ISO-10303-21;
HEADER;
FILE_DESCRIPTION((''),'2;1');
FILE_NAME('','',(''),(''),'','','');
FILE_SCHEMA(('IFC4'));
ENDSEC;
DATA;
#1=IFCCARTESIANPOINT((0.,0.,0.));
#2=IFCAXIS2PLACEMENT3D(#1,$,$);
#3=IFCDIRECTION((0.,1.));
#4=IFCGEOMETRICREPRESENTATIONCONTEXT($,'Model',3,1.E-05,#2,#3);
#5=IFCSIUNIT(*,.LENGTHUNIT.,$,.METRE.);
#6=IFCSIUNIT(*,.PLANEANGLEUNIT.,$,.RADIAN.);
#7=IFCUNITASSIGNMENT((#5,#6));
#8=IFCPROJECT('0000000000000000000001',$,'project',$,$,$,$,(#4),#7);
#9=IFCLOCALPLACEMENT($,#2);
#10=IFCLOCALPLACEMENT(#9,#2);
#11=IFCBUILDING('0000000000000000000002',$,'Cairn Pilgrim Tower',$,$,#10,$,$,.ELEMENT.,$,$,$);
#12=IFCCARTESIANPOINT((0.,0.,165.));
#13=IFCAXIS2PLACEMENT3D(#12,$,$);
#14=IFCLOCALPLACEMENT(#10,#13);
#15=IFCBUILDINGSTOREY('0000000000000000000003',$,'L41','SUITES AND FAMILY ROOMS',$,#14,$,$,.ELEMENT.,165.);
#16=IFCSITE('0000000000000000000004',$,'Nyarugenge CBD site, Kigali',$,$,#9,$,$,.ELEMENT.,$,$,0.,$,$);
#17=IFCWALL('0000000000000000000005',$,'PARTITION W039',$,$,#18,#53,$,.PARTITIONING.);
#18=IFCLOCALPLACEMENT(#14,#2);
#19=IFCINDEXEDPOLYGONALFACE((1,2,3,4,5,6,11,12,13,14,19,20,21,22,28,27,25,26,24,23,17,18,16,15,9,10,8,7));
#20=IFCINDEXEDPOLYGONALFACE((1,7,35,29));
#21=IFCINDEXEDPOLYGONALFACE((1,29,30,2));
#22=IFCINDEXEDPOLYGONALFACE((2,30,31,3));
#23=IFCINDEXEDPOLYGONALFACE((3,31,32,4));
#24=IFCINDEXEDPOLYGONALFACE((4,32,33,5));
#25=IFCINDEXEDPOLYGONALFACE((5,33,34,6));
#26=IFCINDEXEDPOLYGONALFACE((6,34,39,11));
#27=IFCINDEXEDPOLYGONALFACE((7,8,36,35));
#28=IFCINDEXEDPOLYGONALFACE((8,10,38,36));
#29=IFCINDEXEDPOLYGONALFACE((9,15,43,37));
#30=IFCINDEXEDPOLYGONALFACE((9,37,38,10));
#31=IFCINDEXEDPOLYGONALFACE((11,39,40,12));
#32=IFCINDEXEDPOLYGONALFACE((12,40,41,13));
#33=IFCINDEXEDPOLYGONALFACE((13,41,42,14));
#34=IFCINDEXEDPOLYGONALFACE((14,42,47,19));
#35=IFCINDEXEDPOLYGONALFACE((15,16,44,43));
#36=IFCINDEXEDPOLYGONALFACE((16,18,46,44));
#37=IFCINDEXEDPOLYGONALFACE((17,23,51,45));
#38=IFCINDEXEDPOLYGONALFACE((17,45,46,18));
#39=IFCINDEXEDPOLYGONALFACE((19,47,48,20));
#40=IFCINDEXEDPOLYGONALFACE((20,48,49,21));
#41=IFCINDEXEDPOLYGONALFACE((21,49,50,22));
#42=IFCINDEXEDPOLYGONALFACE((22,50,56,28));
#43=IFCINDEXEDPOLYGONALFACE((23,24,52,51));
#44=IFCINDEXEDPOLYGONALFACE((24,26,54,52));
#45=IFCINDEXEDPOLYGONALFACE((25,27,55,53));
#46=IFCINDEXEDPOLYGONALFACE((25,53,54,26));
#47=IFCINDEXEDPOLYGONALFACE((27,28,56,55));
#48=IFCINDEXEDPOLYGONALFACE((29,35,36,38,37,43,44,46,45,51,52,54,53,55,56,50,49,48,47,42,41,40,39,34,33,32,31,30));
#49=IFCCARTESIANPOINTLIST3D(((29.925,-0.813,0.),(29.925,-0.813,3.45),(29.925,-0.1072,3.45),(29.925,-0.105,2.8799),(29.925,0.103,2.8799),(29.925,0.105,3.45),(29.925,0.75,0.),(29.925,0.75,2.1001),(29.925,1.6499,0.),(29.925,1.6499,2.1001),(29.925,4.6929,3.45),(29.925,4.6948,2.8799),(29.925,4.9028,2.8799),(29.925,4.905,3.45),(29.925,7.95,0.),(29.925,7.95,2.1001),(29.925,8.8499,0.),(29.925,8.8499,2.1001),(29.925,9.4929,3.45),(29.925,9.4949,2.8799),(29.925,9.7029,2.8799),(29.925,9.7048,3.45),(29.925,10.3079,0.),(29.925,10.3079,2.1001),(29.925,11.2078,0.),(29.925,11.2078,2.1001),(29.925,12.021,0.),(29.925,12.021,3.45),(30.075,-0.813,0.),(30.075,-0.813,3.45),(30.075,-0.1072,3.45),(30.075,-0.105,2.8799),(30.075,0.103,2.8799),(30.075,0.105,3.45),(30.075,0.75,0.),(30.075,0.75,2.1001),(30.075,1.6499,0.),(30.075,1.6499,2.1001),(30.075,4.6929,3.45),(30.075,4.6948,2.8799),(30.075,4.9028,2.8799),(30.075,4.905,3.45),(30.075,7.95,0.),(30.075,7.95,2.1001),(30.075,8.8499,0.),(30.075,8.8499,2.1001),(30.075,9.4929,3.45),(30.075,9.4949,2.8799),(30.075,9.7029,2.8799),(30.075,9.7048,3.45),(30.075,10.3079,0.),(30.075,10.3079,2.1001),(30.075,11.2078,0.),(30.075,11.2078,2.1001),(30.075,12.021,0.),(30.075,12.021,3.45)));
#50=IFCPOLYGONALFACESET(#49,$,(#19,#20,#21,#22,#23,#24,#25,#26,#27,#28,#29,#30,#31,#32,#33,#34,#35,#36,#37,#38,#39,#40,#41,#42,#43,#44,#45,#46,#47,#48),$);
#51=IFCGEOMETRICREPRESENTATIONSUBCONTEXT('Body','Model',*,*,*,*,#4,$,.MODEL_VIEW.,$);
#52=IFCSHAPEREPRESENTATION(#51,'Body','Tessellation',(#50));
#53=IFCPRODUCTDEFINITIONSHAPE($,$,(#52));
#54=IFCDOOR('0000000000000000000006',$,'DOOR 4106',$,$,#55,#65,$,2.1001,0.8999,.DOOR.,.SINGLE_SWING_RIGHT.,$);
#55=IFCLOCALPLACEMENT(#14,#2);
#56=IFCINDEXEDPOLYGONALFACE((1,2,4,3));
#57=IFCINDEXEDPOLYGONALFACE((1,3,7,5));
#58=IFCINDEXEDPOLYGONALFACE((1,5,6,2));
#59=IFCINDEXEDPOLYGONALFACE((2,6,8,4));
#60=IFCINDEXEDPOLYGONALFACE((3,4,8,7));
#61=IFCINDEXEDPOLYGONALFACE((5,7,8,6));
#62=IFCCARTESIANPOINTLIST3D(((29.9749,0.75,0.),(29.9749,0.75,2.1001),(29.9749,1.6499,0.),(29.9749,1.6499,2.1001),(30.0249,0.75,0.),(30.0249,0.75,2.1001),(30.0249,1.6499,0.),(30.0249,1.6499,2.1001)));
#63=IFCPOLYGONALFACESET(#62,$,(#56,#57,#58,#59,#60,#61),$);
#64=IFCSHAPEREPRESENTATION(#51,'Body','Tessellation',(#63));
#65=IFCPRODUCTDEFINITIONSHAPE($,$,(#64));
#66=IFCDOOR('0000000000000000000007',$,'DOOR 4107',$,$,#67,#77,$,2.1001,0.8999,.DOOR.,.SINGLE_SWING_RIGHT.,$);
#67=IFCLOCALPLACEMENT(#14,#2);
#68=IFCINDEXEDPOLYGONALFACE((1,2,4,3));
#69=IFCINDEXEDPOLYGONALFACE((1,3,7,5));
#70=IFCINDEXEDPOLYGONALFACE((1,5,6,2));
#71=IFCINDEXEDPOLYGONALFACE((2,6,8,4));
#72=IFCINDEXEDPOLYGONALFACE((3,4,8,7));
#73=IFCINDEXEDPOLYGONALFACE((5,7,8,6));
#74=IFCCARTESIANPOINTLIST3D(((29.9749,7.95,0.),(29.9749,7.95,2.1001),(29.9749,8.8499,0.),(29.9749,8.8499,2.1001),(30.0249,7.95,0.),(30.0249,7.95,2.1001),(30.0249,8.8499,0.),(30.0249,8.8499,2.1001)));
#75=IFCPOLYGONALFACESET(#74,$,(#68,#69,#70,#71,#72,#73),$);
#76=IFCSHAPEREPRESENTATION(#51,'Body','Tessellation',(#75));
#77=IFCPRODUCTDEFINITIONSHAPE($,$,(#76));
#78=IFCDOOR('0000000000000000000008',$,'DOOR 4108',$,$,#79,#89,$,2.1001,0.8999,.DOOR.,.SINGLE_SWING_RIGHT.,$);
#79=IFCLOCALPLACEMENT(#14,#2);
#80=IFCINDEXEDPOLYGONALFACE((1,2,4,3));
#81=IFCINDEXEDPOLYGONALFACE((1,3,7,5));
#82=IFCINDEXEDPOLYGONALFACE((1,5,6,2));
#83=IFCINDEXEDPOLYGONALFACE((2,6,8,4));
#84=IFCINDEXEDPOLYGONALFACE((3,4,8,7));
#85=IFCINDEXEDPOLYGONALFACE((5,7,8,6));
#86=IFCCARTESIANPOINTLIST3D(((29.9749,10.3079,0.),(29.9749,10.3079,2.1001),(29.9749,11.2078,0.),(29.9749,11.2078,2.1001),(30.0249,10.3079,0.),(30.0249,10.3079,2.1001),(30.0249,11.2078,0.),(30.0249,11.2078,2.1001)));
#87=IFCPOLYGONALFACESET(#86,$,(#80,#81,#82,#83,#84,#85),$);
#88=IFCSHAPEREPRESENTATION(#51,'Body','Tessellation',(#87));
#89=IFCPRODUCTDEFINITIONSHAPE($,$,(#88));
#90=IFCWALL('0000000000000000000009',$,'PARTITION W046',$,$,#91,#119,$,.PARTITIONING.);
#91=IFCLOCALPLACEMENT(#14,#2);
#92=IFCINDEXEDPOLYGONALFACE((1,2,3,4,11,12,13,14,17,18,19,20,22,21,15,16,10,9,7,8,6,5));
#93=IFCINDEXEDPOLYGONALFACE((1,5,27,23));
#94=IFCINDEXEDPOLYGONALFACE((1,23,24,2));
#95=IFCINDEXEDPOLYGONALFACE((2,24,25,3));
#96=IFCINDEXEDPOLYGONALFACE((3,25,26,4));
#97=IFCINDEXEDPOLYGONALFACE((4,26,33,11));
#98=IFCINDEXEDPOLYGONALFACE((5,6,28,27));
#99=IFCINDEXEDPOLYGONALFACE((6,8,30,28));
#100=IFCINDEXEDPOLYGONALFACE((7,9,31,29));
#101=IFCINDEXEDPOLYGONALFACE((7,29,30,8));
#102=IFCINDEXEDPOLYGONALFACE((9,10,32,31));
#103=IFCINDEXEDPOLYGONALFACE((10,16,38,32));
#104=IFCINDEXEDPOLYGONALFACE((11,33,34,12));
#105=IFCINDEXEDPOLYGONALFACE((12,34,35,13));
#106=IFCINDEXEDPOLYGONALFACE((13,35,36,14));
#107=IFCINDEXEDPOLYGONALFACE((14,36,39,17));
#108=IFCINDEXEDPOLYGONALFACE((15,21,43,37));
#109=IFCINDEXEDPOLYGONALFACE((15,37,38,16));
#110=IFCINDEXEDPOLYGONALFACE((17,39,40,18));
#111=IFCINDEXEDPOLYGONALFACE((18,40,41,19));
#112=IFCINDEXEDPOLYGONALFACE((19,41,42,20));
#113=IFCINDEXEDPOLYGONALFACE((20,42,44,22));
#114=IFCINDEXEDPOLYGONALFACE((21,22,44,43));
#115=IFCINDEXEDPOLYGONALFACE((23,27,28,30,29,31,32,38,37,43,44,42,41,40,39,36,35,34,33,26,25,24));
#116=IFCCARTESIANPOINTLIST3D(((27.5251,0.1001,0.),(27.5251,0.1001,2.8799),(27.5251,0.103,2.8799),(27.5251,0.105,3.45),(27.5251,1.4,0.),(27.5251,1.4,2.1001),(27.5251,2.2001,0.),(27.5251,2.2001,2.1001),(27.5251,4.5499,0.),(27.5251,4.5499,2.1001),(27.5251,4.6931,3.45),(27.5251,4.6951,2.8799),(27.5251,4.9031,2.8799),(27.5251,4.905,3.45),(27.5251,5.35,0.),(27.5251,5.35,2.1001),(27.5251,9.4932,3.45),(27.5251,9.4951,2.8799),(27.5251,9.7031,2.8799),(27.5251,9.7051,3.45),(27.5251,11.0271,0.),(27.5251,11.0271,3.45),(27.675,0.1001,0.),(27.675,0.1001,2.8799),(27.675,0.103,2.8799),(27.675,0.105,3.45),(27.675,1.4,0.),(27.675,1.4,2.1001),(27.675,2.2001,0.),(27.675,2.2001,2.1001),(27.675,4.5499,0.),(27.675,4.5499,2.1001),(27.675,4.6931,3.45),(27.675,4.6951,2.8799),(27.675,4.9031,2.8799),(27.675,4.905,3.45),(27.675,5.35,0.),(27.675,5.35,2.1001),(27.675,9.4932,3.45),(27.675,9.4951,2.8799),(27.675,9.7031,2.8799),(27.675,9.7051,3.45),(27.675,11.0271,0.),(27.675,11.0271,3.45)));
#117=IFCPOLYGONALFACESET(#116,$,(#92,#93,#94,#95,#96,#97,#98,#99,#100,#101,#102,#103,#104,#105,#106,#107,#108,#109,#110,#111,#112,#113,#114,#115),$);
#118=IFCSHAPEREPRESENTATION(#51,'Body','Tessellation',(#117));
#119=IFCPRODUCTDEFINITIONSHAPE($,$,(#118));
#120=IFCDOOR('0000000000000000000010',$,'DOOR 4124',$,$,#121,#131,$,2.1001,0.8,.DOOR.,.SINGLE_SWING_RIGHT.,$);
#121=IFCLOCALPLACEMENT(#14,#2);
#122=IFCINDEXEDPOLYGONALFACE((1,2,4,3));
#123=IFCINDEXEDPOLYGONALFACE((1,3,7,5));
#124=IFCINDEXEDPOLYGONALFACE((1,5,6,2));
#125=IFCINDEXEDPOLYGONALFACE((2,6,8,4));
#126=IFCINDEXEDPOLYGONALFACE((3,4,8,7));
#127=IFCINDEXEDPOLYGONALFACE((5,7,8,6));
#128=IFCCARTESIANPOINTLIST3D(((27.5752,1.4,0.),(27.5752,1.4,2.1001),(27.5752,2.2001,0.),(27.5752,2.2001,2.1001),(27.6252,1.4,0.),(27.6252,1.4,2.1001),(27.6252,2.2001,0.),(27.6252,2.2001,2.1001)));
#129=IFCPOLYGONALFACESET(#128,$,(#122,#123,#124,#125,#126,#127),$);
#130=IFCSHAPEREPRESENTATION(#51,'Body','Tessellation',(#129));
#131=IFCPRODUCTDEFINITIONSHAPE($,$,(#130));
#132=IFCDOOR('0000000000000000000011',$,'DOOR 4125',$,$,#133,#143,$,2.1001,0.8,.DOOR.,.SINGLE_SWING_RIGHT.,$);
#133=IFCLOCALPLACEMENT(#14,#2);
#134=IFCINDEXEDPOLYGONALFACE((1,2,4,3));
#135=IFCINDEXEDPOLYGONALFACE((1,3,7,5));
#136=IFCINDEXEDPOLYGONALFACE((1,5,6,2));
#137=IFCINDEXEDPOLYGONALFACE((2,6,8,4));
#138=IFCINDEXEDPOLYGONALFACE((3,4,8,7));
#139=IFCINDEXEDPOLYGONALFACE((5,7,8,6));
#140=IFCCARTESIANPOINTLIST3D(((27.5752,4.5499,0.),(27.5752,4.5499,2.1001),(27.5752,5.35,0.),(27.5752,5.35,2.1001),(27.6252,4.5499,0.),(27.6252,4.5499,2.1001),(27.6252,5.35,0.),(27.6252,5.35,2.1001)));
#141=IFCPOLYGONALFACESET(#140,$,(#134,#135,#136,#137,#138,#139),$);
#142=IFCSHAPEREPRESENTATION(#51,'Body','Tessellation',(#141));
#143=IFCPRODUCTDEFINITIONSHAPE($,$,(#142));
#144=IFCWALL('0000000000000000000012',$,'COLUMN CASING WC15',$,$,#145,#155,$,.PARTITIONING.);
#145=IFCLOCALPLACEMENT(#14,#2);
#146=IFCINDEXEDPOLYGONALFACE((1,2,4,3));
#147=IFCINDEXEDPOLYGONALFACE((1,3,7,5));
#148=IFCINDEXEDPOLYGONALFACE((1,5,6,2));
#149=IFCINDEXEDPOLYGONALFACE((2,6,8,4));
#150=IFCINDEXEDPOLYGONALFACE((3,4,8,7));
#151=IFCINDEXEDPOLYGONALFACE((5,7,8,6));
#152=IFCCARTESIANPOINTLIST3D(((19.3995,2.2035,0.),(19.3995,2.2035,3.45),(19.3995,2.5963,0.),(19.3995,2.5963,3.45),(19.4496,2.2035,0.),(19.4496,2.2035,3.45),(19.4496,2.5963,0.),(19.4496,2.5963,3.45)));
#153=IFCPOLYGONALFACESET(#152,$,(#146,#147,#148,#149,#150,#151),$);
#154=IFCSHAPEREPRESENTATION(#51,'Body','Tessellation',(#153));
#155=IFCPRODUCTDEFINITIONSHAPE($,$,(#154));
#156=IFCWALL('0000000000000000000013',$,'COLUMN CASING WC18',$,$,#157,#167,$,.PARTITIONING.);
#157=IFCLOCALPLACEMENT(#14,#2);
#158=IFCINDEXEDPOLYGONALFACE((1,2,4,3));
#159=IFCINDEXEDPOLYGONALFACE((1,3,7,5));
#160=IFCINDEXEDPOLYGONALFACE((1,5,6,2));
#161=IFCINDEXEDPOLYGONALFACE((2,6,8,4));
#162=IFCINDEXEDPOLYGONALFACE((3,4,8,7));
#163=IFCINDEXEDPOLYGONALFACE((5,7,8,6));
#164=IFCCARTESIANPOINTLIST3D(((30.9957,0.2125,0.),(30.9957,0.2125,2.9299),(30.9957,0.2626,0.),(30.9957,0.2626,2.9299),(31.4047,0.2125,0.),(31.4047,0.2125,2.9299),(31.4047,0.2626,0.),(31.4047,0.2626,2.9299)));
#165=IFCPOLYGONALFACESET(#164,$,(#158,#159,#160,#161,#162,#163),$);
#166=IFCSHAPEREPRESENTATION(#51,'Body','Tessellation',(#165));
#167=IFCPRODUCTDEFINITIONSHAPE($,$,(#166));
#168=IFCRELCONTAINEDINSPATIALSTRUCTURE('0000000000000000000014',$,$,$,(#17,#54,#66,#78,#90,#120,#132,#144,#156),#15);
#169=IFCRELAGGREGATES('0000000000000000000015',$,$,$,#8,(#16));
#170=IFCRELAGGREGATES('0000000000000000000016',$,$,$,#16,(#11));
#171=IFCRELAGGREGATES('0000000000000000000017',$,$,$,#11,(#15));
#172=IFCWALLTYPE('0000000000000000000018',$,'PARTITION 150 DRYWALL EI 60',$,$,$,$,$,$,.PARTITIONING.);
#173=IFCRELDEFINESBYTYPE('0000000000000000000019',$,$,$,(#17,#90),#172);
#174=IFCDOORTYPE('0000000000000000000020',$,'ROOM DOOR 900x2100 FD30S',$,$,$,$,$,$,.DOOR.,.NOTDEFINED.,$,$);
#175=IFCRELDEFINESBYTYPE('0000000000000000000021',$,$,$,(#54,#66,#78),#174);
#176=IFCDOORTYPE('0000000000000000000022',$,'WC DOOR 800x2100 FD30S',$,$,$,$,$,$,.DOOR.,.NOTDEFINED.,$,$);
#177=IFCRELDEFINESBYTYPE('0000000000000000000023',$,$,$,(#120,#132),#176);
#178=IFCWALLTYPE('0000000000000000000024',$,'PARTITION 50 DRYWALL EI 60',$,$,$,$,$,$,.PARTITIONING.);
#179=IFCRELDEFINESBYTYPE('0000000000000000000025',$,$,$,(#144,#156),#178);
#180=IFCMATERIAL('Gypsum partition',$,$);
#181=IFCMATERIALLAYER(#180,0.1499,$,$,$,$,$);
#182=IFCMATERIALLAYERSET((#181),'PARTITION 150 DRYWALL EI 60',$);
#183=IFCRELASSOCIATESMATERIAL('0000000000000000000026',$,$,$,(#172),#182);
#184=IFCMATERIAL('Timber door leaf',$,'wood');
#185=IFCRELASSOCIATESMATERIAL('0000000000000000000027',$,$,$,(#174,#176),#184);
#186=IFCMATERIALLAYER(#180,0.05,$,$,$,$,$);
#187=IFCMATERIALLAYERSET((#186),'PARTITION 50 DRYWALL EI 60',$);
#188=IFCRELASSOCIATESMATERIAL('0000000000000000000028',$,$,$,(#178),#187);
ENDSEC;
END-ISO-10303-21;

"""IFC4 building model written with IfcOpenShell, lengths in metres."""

from ifc_helpers import new_model, si_unit, direction, frame, frame_2d, origin, place, context, subcontext, project, spatial, polyline, rectangle, outline, extrude, material, layer, layer_set, type_object, element, fill, save


model = new_model("IFC4")

# Units and contexts
model_context = context("Model", 3, precision=1e-05, world=origin(), true_north=direction((0.0, 1.0)))
body_context = subcontext(model_context, "Body", "Model", "MODEL_VIEW")
ifc_project = project(units=[si_unit("LENGTHUNIT", "METRE"), si_unit("PLANEANGLEUNIT", "RADIAN")], contexts=[model_context])

# Site, building, storey
site_placement = place(None, origin())
site = spatial("IfcSite", under=ifc_project, at=site_placement, Name="Nyarugenge CBD site, Kigali", CompositionType="ELEMENT", RefElevation=0.0)
building_placement = place(site_placement, origin())
building = spatial("IfcBuilding", under=site, at=building_placement, Name="Cairn Pilgrim Tower", CompositionType="ELEMENT")
storey_placement = place(building_placement, frame((0.0, 0.0, 165.0)))
storey = spatial("IfcBuildingStorey", under=building, at=storey_placement, Name="L41", Description="SUITES AND FAMILY ROOMS", CompositionType="ELEMENT", Elevation=165.0)

# Shared definitions
ifc_material_1 = material(Name="Gypsum partition")
ifc_layer_1 = layer(ifc_material_1, 0.1499)
ifc_layer_set_1 = layer_set([ifc_layer_1], Name="PARTITION 150 DRYWALL EI 60")
wall_type_1 = type_object("IfcWallType", Name="PARTITION 150 DRYWALL EI 60", PredefinedType="PARTITIONING", material=ifc_layer_set_1)

# Shared definitions
ifc_material_2 = material(Name="Timber door leaf", Category="wood")
door_type_1 = type_object("IfcDoorType", Name="ROOM DOOR 900x2100 FD30S", OperationType="NOTDEFINED", PredefinedType="DOOR", material=ifc_material_2)

# Walls, openings, doors
wall_1_placement = place(storey_placement, frame((30.0, -0.813, 0.0), z_axis=(0.0, 0.0, 1.0), x_axis=(0.0, 1.0, 0.0)))
wall_1 = element("IfcWall", 1, at=wall_1_placement, inside=storey, type_object=wall_type_1, Name="PARTITION W039", PredefinedType="PARTITIONING", context=body_context, shape_type="SweptSolid", body=[
    extrude(outline(polyline([(0.0, 0.0), (12.834, 0.0), (12.834, 3.45), (10.5178, 3.45), (10.5159, 2.8799), (10.3079, 2.8799), (10.3059, 3.45), (5.718, 3.45), (5.7158, 2.8799), (5.5078, 2.8799), (5.5059, 3.45), (0.918, 3.45), (0.916, 2.8799), (0.708, 2.8799), (0.7058, 3.45), (0.0, 3.45), (0.0, 0.0)])), frame((0.0, 0.075, 0.0), z_axis=(0.0, -1.0, 0.0), x_axis=(1.0, 0.0, 0.0)), (0.0, 0.0, 1.0), 0.1499),
])
opening_1_placement = place(wall_1_placement, frame((1.563, 0.0, 0.0)))
opening_1 = element("IfcOpeningElement", 2, at=opening_1_placement, cuts=wall_1, PredefinedType="OPENING", context=body_context, shape_type="SweptSolid", body=[
    extrude(rectangle(XDim=0.8999, YDim=2.1001, at=frame_2d((0.45, 1.05))), frame((0.0, 0.085, 0.0), z_axis=(0.0, -1.0, 0.0), x_axis=(1.0, 0.0, 0.0)), (0.0, 0.0, 1.0), 0.1699),
])
opening_2_placement = place(wall_1_placement, frame((8.7629, 0.0, 0.0)))
opening_2 = element("IfcOpeningElement", 3, at=opening_2_placement, cuts=wall_1, PredefinedType="OPENING", context=body_context, shape_type="SweptSolid", body=[
    extrude(rectangle(XDim=0.8999, YDim=2.1001, at=frame_2d((0.45, 1.05))), frame((0.0, 0.085, 0.0), z_axis=(0.0, -1.0, 0.0), x_axis=(1.0, 0.0, 0.0)), (0.0, 0.0, 1.0), 0.1699),
])
opening_3_placement = place(wall_1_placement, frame((11.1208, 0.0, 0.0)))
opening_3 = element("IfcOpeningElement", 4, at=opening_3_placement, cuts=wall_1, PredefinedType="OPENING", context=body_context, shape_type="SweptSolid", body=[
    extrude(rectangle(XDim=0.8999, YDim=2.1001, at=frame_2d((0.45, 1.05))), frame((0.0, 0.085, 0.0), z_axis=(0.0, -1.0, 0.0), x_axis=(1.0, 0.0, 0.0)), (0.0, 0.0, 1.0), 0.1699),
])
door_1_placement = place(opening_1_placement, frame((0.8999, 0.0, 0.0), z_axis=(0.0, 0.0, 1.0), x_axis=(-1.0, 0.0, 0.0)))
door_1 = element("IfcDoor", 5, at=door_1_placement, inside=storey, type_object=door_type_1, Name="DOOR 4106", OperationType="SINGLE_SWING_RIGHT", OverallHeight=2.1001, OverallWidth=0.8999, PredefinedType="DOOR", context=body_context, shape_type="SweptSolid", body=[
    extrude(rectangle(XDim=0.8999, YDim=2.1001, at=frame_2d((0.45, 1.05))), frame((0.0, 0.0249, 0.0), z_axis=(0.0, -1.0, 0.0), x_axis=(1.0, 0.0, 0.0)), (0.0, 0.0, 1.0), 0.05),
])
fill(opening_1, door_1)
door_2_placement = place(opening_2_placement, frame((0.8999, 0.0, 0.0), z_axis=(0.0, 0.0, 1.0), x_axis=(-1.0, 0.0, 0.0)))
door_2 = element("IfcDoor", 6, at=door_2_placement, inside=storey, type_object=door_type_1, Name="DOOR 4107", OperationType="SINGLE_SWING_RIGHT", OverallHeight=2.1001, OverallWidth=0.8999, PredefinedType="DOOR", context=body_context, shape_type="SweptSolid", body=[
    extrude(rectangle(XDim=0.8999, YDim=2.1001, at=frame_2d((0.45, 1.05))), frame((0.0, 0.0249, 0.0), z_axis=(0.0, -1.0, 0.0), x_axis=(1.0, 0.0, 0.0)), (0.0, 0.0, 1.0), 0.05),
])
fill(opening_2, door_2)
door_3_placement = place(opening_3_placement, frame((0.8999, 0.0, 0.0), z_axis=(0.0, 0.0, 1.0), x_axis=(-1.0, 0.0, 0.0)))
door_3 = element("IfcDoor", 7, at=door_3_placement, inside=storey, type_object=door_type_1, Name="DOOR 4108", OperationType="SINGLE_SWING_RIGHT", OverallHeight=2.1001, OverallWidth=0.8999, PredefinedType="DOOR", context=body_context, shape_type="SweptSolid", body=[
    extrude(rectangle(XDim=0.8999, YDim=2.1001, at=frame_2d((0.45, 1.05))), frame((0.0, 0.0249, 0.0), z_axis=(0.0, -1.0, 0.0), x_axis=(1.0, 0.0, 0.0)), (0.0, 0.0, 1.0), 0.05),
])
fill(opening_3, door_3)
wall_2_placement = place(storey_placement, frame((27.6001, 0.1001, 0.0), z_axis=(0.0, 0.0, 1.0), x_axis=(0.0, 1.0, 0.0)))
wall_2 = element("IfcWall", 8, at=wall_2_placement, inside=storey, type_object=wall_type_1, Name="PARTITION W046", PredefinedType="PARTITIONING", context=body_context, shape_type="SweptSolid", body=[
    extrude(outline(polyline([(0.0, 0.0), (10.927, 0.0), (10.927, 3.45), (9.605, 3.45), (9.603, 2.8799), (9.395, 2.8799), (9.3931, 3.45), (4.8049, 3.45), (4.803, 2.8799), (4.595, 2.8799), (4.593, 3.45), (0.0049, 3.45), (0.0029, 2.8799), (0.0, 2.8799), (0.0, 0.0)])), frame((0.0, 0.075, 0.0), z_axis=(0.0, -1.0, 0.0), x_axis=(1.0, 0.0, 0.0)), (0.0, 0.0, 1.0), 0.1499),
])
opening_4_placement = place(wall_2_placement, frame((1.3, 0.0, 0.0)))
opening_4 = element("IfcOpeningElement", 9, at=opening_4_placement, cuts=wall_2, PredefinedType="OPENING", context=body_context, shape_type="SweptSolid", body=[
    extrude(rectangle(XDim=0.8, YDim=2.1001, at=frame_2d((0.3999, 1.05))), frame((0.0, 0.085, 0.0), z_axis=(0.0, -1.0, 0.0), x_axis=(1.0, 0.0, 0.0)), (0.0, 0.0, 1.0), 0.1699),
])
opening_5_placement = place(wall_2_placement, frame((4.45, 0.0, 0.0)))
opening_5 = element("IfcOpeningElement", 10, at=opening_5_placement, cuts=wall_2, PredefinedType="OPENING", context=body_context, shape_type="SweptSolid", body=[
    extrude(rectangle(XDim=0.8, YDim=2.1001, at=frame_2d((0.3999, 1.05))), frame((0.0, 0.085, 0.0), z_axis=(0.0, -1.0, 0.0), x_axis=(1.0, 0.0, 0.0)), (0.0, 0.0, 1.0), 0.1699),
])
door_type_2 = type_object("IfcDoorType", Name="WC DOOR 800x2100 FD30S", OperationType="NOTDEFINED", PredefinedType="DOOR", material=ifc_material_2)
door_4_placement = place(opening_4_placement, origin())
door_4 = element("IfcDoor", 11, at=door_4_placement, inside=storey, type_object=door_type_2, Name="DOOR 4124", OperationType="SINGLE_SWING_RIGHT", OverallHeight=2.1001, OverallWidth=0.8, PredefinedType="DOOR", context=body_context, shape_type="SweptSolid", body=[
    extrude(rectangle(XDim=0.8, YDim=2.1001, at=frame_2d((0.3999, 1.05))), frame((0.0, 0.0249, 0.0), z_axis=(0.0, -1.0, 0.0), x_axis=(1.0, 0.0, 0.0)), (0.0, 0.0, 1.0), 0.05),
])
fill(opening_4, door_4)
door_5_placement = place(opening_5_placement, origin())
door_5 = element("IfcDoor", 12, at=door_5_placement, inside=storey, type_object=door_type_2, Name="DOOR 4125", OperationType="SINGLE_SWING_RIGHT", OverallHeight=2.1001, OverallWidth=0.8, PredefinedType="DOOR", context=body_context, shape_type="SweptSolid", body=[
    extrude(rectangle(XDim=0.8, YDim=2.1001, at=frame_2d((0.3999, 1.05))), frame((0.0, 0.0249, 0.0), z_axis=(0.0, -1.0, 0.0), x_axis=(1.0, 0.0, 0.0)), (0.0, 0.0, 1.0), 0.05),
])
fill(opening_5, door_5)

# Walls
ifc_layer_2 = layer(ifc_material_1, 0.05)
ifc_layer_set_2 = layer_set([ifc_layer_2], Name="PARTITION 50 DRYWALL EI 60")
wall_type_2 = type_object("IfcWallType", Name="PARTITION 50 DRYWALL EI 60", PredefinedType="PARTITIONING", material=ifc_layer_set_2)
wall_3_placement = place(storey_placement, frame((19.4246, 2.2036, 0.0), z_axis=(0.0, 0.0, 1.0), x_axis=(0.0, 1.0, 0.0)))
element("IfcWall", 13, at=wall_3_placement, inside=storey, type_object=wall_type_2, Name="COLUMN CASING WC15", PredefinedType="PARTITIONING", context=body_context, shape_type="SweptSolid", body=[
    extrude(rectangle(XDim=0.3928, YDim=0.05, at=frame_2d((0.1963, 0.0))), origin(), (0.0, 0.0, 1.0), 3.45),
])
wall_4_placement = place(storey_placement, frame((30.9956, 0.2375, 0.0), z_axis=(0.0, 0.0, 1.0), x_axis=(1.0, 0.0, 0.0)))
element("IfcWall", 14, at=wall_4_placement, inside=storey, type_object=wall_type_2, Name="COLUMN CASING WC18", PredefinedType="PARTITIONING", context=body_context, shape_type="SweptSolid", body=[
    extrude(rectangle(XDim=0.4089, YDim=0.05, at=frame_2d((0.2046, 0.0))), origin(), (0.0, 0.0, 1.0), 2.9299),
])

save(model, "model.ifc")
